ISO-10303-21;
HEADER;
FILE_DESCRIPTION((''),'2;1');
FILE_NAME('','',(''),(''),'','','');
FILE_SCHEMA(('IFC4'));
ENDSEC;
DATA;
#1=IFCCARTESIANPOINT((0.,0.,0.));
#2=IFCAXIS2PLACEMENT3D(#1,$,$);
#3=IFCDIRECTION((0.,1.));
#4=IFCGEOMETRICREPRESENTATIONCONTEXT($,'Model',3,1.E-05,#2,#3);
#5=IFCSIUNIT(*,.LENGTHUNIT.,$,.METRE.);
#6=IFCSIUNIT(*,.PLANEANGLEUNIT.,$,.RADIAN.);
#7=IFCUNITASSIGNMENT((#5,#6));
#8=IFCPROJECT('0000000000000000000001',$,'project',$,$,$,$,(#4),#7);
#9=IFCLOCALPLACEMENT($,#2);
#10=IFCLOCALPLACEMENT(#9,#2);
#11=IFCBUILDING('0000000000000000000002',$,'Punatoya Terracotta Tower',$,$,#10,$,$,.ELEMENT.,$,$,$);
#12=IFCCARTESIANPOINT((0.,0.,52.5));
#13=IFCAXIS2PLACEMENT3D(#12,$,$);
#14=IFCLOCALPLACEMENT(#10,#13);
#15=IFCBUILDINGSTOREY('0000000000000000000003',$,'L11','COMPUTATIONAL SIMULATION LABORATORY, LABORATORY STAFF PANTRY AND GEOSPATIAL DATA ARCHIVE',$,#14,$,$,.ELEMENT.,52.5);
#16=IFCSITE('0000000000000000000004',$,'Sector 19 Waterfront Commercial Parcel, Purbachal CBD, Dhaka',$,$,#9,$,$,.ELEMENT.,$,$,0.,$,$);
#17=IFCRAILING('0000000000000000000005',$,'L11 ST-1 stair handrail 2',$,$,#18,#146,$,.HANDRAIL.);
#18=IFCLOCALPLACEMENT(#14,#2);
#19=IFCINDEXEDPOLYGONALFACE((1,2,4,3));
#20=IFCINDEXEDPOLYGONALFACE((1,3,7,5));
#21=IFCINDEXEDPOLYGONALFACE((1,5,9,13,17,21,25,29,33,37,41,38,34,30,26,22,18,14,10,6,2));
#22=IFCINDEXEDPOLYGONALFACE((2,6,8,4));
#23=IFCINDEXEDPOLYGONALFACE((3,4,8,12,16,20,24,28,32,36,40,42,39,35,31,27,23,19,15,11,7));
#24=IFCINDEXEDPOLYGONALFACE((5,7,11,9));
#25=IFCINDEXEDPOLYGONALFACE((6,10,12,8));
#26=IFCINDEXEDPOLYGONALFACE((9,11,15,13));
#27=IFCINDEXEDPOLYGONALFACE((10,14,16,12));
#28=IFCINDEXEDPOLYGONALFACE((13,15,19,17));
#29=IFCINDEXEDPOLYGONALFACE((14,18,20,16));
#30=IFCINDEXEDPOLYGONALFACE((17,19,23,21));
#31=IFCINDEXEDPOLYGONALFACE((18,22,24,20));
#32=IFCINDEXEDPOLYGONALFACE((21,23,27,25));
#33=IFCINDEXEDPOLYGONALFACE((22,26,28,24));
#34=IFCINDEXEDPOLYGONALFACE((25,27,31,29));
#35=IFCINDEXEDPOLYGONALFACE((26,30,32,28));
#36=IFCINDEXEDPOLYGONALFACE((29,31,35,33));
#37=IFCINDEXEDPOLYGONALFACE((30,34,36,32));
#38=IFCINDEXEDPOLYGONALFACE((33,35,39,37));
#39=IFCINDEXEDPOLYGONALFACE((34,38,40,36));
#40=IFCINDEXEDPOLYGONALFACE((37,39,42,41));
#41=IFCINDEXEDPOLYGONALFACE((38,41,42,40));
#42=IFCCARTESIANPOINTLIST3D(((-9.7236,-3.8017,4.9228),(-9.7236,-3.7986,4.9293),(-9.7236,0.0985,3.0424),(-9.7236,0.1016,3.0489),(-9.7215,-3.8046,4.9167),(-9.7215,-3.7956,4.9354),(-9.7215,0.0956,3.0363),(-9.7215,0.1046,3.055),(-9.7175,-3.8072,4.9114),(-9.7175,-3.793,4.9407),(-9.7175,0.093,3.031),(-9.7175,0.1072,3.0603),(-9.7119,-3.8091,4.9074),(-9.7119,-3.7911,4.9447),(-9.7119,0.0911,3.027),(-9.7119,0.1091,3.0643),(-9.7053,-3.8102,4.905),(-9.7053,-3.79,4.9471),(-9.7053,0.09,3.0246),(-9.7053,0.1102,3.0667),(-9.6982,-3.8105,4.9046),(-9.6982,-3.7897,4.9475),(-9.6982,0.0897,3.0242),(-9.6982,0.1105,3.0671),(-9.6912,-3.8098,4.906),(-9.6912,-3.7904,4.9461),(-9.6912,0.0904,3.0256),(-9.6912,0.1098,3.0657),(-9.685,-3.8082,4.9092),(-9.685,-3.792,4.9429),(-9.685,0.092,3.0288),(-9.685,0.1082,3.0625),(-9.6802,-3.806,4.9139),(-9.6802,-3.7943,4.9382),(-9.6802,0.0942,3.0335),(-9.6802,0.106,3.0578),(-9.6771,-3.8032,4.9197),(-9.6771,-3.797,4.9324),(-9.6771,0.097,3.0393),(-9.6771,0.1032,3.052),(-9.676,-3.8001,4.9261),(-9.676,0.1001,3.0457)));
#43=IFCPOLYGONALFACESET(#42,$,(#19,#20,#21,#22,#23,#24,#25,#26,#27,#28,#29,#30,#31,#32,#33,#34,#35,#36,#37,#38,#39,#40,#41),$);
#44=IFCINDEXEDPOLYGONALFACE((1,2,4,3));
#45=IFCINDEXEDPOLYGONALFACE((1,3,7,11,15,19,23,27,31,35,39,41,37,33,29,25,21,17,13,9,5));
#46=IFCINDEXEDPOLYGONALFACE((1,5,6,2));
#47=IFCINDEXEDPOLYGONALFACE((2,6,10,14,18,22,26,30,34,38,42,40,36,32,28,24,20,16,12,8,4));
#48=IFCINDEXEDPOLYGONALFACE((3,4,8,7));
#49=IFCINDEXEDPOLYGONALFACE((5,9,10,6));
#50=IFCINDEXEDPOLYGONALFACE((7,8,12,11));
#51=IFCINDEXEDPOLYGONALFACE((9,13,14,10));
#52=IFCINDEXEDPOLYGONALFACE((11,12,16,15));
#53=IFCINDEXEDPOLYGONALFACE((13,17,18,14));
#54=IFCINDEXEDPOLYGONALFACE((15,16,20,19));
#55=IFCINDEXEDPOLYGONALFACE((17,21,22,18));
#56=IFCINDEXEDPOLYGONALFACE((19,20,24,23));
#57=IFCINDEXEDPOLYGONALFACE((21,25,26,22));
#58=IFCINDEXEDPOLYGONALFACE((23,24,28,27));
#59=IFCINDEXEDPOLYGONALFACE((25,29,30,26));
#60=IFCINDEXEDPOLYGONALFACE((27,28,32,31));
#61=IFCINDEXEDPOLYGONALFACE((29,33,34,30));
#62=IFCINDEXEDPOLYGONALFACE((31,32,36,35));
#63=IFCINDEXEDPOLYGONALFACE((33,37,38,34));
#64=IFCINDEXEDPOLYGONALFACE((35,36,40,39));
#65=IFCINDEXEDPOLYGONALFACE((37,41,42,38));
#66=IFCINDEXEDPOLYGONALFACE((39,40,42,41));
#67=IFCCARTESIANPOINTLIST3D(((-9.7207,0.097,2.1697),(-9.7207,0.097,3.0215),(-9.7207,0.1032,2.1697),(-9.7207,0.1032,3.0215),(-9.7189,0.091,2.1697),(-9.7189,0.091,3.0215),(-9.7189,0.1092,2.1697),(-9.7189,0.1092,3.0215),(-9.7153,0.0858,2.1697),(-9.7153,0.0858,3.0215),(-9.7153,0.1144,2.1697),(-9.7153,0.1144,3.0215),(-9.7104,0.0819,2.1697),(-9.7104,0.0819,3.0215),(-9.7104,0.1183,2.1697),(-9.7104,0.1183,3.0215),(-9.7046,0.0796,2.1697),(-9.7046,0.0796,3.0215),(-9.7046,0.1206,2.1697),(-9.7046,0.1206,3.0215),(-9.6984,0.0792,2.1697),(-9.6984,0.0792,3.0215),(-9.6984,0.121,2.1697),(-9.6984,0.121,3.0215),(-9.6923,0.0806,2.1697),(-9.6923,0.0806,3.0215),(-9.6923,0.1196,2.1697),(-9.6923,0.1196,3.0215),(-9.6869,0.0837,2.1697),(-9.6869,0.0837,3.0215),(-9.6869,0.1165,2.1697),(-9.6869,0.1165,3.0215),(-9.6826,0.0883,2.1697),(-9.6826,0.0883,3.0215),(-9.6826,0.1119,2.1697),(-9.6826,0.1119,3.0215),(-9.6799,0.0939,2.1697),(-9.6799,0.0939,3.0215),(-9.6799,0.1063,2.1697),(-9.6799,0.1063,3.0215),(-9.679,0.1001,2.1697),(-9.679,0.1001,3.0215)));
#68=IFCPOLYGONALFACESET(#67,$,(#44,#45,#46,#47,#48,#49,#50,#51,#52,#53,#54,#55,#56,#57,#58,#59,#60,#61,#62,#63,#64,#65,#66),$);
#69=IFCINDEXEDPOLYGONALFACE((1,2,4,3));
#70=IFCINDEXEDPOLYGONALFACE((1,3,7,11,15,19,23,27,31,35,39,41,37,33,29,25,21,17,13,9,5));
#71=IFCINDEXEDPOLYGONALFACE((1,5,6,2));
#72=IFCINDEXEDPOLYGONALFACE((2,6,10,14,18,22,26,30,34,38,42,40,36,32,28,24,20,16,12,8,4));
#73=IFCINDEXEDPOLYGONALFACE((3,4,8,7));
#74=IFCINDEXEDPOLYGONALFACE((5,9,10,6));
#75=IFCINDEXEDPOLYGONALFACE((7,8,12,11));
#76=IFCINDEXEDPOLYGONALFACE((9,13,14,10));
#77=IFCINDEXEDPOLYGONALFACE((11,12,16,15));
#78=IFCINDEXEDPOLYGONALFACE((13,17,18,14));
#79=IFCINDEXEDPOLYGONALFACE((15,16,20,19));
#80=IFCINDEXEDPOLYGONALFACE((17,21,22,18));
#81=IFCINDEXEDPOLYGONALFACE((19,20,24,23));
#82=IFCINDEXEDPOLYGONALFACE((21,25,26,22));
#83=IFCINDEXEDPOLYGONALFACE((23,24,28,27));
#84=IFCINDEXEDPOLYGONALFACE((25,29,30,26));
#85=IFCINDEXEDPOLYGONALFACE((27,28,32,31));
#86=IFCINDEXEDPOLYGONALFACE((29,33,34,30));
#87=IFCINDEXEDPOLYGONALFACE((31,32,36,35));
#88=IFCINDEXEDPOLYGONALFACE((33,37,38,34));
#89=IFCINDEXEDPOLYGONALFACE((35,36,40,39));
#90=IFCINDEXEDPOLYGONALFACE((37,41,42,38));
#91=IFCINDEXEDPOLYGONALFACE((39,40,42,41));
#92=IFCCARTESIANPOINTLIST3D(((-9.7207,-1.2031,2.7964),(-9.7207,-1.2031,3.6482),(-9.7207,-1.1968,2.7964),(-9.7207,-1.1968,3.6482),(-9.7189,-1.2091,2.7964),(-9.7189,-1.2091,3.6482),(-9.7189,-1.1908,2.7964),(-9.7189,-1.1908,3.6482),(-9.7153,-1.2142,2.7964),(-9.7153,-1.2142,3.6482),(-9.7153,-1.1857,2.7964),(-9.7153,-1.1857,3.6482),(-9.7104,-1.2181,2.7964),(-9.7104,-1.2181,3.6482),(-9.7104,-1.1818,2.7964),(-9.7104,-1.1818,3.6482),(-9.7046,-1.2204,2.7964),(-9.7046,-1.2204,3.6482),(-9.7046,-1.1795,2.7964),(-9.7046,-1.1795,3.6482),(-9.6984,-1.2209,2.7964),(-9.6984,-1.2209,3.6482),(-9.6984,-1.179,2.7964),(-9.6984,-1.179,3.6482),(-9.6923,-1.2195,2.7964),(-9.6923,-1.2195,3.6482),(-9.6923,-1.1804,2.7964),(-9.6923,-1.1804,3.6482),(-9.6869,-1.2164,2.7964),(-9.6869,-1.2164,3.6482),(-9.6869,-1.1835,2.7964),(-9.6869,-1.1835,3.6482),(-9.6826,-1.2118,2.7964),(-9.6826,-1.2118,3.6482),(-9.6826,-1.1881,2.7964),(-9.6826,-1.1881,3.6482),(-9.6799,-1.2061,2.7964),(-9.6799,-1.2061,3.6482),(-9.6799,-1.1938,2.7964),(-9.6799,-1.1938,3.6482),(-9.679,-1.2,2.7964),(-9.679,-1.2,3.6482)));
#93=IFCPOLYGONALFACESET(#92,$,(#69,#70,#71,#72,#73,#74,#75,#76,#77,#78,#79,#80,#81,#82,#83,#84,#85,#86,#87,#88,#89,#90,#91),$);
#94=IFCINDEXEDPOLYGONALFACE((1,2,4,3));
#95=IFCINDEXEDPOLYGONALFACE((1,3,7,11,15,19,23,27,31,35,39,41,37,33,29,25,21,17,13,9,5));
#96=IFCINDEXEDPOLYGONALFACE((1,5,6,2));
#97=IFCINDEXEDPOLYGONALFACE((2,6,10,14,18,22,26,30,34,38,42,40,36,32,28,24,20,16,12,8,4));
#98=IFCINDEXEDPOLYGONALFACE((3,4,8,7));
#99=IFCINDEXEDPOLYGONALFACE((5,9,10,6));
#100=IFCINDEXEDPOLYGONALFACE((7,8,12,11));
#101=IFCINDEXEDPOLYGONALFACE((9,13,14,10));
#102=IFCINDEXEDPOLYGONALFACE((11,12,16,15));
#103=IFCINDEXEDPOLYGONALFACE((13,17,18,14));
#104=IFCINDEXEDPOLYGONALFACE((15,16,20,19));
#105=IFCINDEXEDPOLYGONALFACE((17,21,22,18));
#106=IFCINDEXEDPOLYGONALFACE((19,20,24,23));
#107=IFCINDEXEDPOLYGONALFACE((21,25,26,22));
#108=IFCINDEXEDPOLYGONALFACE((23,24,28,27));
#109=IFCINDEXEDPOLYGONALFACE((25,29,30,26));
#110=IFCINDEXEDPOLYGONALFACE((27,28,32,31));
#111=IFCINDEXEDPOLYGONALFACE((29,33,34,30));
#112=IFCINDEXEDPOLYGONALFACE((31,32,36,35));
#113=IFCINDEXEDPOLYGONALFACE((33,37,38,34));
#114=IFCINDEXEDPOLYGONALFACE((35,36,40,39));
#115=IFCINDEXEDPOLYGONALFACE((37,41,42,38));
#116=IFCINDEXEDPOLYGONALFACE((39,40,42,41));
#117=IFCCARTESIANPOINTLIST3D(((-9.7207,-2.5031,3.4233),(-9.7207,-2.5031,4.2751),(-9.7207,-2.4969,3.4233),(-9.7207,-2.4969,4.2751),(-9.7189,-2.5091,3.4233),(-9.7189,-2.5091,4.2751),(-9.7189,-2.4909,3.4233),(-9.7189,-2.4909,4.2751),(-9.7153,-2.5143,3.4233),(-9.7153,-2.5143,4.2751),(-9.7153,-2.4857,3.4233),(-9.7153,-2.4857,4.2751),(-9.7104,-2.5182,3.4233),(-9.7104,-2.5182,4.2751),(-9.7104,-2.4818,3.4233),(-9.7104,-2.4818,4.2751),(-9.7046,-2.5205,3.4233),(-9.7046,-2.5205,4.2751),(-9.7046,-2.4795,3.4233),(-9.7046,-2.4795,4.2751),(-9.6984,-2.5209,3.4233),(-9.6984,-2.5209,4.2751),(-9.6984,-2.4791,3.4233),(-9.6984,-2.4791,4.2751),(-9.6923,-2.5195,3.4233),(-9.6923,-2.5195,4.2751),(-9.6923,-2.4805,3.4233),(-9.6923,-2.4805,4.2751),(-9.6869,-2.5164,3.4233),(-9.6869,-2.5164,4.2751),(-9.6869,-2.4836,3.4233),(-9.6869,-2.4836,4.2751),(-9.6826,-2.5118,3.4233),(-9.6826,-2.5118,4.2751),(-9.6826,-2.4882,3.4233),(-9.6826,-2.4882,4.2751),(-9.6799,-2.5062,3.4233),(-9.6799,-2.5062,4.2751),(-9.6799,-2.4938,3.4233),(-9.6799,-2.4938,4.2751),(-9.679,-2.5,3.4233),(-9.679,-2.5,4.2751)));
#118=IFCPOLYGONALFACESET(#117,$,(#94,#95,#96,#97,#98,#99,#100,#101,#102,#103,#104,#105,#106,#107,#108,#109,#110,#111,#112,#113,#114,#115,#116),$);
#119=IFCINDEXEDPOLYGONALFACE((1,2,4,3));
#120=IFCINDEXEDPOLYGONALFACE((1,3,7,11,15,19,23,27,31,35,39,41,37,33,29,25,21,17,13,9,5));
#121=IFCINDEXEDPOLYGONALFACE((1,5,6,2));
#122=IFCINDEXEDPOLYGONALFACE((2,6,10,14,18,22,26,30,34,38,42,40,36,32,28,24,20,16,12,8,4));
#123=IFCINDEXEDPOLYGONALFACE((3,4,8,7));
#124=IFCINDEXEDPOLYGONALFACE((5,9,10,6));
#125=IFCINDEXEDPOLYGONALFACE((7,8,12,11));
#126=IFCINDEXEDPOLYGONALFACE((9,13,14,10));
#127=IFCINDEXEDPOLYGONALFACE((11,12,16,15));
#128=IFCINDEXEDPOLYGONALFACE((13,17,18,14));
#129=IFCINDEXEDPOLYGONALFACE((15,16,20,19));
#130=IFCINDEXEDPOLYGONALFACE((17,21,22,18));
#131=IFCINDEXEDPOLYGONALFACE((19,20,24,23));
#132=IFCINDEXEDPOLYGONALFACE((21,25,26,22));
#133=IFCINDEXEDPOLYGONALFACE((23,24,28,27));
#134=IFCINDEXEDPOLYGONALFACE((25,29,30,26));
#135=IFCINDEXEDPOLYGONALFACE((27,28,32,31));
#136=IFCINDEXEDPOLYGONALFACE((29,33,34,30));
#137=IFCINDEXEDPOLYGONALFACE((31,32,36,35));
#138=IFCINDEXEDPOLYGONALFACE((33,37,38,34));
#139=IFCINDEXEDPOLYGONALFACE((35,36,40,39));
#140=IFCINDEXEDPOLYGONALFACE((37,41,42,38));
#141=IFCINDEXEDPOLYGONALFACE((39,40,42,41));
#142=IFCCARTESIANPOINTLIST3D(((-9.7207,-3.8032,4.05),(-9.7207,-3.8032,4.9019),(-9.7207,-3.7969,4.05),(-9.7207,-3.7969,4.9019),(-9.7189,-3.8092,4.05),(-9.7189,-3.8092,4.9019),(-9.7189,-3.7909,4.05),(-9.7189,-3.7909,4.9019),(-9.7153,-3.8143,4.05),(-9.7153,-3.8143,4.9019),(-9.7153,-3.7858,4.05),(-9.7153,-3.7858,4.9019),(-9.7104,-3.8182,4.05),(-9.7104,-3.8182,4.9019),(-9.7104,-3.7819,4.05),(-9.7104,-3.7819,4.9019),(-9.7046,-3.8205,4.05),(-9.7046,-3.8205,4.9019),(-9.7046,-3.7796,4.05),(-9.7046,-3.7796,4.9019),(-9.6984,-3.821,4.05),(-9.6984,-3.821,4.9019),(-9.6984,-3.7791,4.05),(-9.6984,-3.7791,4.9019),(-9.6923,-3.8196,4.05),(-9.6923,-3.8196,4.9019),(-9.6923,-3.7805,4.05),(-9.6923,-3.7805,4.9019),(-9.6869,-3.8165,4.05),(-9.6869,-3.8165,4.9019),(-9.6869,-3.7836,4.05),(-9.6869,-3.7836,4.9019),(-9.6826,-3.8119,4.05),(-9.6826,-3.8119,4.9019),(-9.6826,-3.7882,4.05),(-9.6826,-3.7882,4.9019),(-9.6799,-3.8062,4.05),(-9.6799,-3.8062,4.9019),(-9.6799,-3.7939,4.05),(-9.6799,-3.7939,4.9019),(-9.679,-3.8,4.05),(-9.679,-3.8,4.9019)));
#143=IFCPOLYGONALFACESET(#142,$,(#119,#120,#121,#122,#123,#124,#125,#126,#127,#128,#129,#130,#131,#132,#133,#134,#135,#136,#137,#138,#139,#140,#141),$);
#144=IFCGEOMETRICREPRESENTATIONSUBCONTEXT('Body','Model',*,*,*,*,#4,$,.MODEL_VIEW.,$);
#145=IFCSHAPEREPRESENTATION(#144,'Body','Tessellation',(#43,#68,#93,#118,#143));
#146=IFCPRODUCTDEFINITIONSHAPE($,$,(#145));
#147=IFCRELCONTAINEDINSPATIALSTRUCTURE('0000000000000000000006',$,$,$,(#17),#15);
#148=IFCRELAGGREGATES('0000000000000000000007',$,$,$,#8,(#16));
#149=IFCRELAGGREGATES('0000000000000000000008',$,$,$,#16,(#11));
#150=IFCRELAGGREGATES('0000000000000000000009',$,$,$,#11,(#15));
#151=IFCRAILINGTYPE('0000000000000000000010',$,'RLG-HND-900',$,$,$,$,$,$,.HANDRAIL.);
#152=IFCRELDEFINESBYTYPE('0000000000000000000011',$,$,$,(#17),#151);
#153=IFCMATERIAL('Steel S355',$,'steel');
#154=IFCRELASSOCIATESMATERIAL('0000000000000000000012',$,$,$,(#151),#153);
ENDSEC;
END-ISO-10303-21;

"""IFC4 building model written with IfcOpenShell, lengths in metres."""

from ifc_helpers import new_model, si_unit, direction, frame, origin, origin_2d, place, context, subcontext, project, spatial, circle, extrude, material, type_object, element, save


model = new_model("IFC4")

# Units and contexts
model_context = context("Model", 3, precision=1e-05, world=origin(), true_north=direction((0.0, 1.0)))
body_context = subcontext(model_context, "Body", "Model", "MODEL_VIEW")
ifc_project = project(units=[si_unit("LENGTHUNIT", "METRE"), si_unit("PLANEANGLEUNIT", "RADIAN")], contexts=[model_context])

# Site, building, storey
site_placement = place(None, origin())
site = spatial("IfcSite", under=ifc_project, at=site_placement, Name="Sector 19 Waterfront Commercial Parcel, Purbachal CBD, Dhaka", CompositionType="ELEMENT", RefElevation=0.0)
building_placement = place(site_placement, origin())
building = spatial("IfcBuilding", under=site, at=building_placement, Name="Punatoya Terracotta Tower", CompositionType="ELEMENT")
storey_placement = place(building_placement, frame((0.0, 0.0, 52.5)))
storey = spatial("IfcBuildingStorey", under=building, at=storey_placement, Name="L11", Description="COMPUTATIONAL SIMULATION LABORATORY, LABORATORY STAFF PANTRY AND GEOSPATIAL DATA ARCHIVE", CompositionType="ELEMENT", Elevation=52.5)

# Shared definitions
ifc_material_1 = material(Name="Steel S355", Category="steel")

# Railing
railing_type_1 = type_object("IfcRailingType", Name="RLG-HND-900", PredefinedType="HANDRAIL", material=ifc_material_1)
railing_1_placement = place(storey_placement, frame((-9.7, 0.1001, 2.1697)))
element("IfcRailing", 1, at=railing_1_placement, inside=storey, type_object=railing_type_1, Name="L11 ST-1 stair handrail 2", PredefinedType="HANDRAIL", context=body_context, shape_type="SweptSolid", body=[
    extrude(circle(Radius=0.0239, at=origin_2d()), frame((0.0, 0.0, 0.876), z_axis=(0.0, -0.900774, 0.434289), x_axis=(1.0, 0.0, 0.0)), (0.0, 0.0, 1.0), 4.3298),
    extrude(circle(Radius=0.021, at=origin_2d()), origin(), (0.0, 0.0, 1.0), 0.8518),
    extrude(circle(Radius=0.021, at=origin_2d()), frame((0.0, -1.3, 0.6267)), (0.0, 0.0, 1.0), 0.8518),
    extrude(circle(Radius=0.021, at=origin_2d()), frame((0.0, -2.6001, 1.2537)), (0.0, 0.0, 1.0), 0.8518),
    extrude(circle(Radius=0.021, at=origin_2d()), frame((0.0, -3.9001, 1.8804)), (0.0, 0.0, 1.0), 0.8518),
])

save(model, "model.ifc")
